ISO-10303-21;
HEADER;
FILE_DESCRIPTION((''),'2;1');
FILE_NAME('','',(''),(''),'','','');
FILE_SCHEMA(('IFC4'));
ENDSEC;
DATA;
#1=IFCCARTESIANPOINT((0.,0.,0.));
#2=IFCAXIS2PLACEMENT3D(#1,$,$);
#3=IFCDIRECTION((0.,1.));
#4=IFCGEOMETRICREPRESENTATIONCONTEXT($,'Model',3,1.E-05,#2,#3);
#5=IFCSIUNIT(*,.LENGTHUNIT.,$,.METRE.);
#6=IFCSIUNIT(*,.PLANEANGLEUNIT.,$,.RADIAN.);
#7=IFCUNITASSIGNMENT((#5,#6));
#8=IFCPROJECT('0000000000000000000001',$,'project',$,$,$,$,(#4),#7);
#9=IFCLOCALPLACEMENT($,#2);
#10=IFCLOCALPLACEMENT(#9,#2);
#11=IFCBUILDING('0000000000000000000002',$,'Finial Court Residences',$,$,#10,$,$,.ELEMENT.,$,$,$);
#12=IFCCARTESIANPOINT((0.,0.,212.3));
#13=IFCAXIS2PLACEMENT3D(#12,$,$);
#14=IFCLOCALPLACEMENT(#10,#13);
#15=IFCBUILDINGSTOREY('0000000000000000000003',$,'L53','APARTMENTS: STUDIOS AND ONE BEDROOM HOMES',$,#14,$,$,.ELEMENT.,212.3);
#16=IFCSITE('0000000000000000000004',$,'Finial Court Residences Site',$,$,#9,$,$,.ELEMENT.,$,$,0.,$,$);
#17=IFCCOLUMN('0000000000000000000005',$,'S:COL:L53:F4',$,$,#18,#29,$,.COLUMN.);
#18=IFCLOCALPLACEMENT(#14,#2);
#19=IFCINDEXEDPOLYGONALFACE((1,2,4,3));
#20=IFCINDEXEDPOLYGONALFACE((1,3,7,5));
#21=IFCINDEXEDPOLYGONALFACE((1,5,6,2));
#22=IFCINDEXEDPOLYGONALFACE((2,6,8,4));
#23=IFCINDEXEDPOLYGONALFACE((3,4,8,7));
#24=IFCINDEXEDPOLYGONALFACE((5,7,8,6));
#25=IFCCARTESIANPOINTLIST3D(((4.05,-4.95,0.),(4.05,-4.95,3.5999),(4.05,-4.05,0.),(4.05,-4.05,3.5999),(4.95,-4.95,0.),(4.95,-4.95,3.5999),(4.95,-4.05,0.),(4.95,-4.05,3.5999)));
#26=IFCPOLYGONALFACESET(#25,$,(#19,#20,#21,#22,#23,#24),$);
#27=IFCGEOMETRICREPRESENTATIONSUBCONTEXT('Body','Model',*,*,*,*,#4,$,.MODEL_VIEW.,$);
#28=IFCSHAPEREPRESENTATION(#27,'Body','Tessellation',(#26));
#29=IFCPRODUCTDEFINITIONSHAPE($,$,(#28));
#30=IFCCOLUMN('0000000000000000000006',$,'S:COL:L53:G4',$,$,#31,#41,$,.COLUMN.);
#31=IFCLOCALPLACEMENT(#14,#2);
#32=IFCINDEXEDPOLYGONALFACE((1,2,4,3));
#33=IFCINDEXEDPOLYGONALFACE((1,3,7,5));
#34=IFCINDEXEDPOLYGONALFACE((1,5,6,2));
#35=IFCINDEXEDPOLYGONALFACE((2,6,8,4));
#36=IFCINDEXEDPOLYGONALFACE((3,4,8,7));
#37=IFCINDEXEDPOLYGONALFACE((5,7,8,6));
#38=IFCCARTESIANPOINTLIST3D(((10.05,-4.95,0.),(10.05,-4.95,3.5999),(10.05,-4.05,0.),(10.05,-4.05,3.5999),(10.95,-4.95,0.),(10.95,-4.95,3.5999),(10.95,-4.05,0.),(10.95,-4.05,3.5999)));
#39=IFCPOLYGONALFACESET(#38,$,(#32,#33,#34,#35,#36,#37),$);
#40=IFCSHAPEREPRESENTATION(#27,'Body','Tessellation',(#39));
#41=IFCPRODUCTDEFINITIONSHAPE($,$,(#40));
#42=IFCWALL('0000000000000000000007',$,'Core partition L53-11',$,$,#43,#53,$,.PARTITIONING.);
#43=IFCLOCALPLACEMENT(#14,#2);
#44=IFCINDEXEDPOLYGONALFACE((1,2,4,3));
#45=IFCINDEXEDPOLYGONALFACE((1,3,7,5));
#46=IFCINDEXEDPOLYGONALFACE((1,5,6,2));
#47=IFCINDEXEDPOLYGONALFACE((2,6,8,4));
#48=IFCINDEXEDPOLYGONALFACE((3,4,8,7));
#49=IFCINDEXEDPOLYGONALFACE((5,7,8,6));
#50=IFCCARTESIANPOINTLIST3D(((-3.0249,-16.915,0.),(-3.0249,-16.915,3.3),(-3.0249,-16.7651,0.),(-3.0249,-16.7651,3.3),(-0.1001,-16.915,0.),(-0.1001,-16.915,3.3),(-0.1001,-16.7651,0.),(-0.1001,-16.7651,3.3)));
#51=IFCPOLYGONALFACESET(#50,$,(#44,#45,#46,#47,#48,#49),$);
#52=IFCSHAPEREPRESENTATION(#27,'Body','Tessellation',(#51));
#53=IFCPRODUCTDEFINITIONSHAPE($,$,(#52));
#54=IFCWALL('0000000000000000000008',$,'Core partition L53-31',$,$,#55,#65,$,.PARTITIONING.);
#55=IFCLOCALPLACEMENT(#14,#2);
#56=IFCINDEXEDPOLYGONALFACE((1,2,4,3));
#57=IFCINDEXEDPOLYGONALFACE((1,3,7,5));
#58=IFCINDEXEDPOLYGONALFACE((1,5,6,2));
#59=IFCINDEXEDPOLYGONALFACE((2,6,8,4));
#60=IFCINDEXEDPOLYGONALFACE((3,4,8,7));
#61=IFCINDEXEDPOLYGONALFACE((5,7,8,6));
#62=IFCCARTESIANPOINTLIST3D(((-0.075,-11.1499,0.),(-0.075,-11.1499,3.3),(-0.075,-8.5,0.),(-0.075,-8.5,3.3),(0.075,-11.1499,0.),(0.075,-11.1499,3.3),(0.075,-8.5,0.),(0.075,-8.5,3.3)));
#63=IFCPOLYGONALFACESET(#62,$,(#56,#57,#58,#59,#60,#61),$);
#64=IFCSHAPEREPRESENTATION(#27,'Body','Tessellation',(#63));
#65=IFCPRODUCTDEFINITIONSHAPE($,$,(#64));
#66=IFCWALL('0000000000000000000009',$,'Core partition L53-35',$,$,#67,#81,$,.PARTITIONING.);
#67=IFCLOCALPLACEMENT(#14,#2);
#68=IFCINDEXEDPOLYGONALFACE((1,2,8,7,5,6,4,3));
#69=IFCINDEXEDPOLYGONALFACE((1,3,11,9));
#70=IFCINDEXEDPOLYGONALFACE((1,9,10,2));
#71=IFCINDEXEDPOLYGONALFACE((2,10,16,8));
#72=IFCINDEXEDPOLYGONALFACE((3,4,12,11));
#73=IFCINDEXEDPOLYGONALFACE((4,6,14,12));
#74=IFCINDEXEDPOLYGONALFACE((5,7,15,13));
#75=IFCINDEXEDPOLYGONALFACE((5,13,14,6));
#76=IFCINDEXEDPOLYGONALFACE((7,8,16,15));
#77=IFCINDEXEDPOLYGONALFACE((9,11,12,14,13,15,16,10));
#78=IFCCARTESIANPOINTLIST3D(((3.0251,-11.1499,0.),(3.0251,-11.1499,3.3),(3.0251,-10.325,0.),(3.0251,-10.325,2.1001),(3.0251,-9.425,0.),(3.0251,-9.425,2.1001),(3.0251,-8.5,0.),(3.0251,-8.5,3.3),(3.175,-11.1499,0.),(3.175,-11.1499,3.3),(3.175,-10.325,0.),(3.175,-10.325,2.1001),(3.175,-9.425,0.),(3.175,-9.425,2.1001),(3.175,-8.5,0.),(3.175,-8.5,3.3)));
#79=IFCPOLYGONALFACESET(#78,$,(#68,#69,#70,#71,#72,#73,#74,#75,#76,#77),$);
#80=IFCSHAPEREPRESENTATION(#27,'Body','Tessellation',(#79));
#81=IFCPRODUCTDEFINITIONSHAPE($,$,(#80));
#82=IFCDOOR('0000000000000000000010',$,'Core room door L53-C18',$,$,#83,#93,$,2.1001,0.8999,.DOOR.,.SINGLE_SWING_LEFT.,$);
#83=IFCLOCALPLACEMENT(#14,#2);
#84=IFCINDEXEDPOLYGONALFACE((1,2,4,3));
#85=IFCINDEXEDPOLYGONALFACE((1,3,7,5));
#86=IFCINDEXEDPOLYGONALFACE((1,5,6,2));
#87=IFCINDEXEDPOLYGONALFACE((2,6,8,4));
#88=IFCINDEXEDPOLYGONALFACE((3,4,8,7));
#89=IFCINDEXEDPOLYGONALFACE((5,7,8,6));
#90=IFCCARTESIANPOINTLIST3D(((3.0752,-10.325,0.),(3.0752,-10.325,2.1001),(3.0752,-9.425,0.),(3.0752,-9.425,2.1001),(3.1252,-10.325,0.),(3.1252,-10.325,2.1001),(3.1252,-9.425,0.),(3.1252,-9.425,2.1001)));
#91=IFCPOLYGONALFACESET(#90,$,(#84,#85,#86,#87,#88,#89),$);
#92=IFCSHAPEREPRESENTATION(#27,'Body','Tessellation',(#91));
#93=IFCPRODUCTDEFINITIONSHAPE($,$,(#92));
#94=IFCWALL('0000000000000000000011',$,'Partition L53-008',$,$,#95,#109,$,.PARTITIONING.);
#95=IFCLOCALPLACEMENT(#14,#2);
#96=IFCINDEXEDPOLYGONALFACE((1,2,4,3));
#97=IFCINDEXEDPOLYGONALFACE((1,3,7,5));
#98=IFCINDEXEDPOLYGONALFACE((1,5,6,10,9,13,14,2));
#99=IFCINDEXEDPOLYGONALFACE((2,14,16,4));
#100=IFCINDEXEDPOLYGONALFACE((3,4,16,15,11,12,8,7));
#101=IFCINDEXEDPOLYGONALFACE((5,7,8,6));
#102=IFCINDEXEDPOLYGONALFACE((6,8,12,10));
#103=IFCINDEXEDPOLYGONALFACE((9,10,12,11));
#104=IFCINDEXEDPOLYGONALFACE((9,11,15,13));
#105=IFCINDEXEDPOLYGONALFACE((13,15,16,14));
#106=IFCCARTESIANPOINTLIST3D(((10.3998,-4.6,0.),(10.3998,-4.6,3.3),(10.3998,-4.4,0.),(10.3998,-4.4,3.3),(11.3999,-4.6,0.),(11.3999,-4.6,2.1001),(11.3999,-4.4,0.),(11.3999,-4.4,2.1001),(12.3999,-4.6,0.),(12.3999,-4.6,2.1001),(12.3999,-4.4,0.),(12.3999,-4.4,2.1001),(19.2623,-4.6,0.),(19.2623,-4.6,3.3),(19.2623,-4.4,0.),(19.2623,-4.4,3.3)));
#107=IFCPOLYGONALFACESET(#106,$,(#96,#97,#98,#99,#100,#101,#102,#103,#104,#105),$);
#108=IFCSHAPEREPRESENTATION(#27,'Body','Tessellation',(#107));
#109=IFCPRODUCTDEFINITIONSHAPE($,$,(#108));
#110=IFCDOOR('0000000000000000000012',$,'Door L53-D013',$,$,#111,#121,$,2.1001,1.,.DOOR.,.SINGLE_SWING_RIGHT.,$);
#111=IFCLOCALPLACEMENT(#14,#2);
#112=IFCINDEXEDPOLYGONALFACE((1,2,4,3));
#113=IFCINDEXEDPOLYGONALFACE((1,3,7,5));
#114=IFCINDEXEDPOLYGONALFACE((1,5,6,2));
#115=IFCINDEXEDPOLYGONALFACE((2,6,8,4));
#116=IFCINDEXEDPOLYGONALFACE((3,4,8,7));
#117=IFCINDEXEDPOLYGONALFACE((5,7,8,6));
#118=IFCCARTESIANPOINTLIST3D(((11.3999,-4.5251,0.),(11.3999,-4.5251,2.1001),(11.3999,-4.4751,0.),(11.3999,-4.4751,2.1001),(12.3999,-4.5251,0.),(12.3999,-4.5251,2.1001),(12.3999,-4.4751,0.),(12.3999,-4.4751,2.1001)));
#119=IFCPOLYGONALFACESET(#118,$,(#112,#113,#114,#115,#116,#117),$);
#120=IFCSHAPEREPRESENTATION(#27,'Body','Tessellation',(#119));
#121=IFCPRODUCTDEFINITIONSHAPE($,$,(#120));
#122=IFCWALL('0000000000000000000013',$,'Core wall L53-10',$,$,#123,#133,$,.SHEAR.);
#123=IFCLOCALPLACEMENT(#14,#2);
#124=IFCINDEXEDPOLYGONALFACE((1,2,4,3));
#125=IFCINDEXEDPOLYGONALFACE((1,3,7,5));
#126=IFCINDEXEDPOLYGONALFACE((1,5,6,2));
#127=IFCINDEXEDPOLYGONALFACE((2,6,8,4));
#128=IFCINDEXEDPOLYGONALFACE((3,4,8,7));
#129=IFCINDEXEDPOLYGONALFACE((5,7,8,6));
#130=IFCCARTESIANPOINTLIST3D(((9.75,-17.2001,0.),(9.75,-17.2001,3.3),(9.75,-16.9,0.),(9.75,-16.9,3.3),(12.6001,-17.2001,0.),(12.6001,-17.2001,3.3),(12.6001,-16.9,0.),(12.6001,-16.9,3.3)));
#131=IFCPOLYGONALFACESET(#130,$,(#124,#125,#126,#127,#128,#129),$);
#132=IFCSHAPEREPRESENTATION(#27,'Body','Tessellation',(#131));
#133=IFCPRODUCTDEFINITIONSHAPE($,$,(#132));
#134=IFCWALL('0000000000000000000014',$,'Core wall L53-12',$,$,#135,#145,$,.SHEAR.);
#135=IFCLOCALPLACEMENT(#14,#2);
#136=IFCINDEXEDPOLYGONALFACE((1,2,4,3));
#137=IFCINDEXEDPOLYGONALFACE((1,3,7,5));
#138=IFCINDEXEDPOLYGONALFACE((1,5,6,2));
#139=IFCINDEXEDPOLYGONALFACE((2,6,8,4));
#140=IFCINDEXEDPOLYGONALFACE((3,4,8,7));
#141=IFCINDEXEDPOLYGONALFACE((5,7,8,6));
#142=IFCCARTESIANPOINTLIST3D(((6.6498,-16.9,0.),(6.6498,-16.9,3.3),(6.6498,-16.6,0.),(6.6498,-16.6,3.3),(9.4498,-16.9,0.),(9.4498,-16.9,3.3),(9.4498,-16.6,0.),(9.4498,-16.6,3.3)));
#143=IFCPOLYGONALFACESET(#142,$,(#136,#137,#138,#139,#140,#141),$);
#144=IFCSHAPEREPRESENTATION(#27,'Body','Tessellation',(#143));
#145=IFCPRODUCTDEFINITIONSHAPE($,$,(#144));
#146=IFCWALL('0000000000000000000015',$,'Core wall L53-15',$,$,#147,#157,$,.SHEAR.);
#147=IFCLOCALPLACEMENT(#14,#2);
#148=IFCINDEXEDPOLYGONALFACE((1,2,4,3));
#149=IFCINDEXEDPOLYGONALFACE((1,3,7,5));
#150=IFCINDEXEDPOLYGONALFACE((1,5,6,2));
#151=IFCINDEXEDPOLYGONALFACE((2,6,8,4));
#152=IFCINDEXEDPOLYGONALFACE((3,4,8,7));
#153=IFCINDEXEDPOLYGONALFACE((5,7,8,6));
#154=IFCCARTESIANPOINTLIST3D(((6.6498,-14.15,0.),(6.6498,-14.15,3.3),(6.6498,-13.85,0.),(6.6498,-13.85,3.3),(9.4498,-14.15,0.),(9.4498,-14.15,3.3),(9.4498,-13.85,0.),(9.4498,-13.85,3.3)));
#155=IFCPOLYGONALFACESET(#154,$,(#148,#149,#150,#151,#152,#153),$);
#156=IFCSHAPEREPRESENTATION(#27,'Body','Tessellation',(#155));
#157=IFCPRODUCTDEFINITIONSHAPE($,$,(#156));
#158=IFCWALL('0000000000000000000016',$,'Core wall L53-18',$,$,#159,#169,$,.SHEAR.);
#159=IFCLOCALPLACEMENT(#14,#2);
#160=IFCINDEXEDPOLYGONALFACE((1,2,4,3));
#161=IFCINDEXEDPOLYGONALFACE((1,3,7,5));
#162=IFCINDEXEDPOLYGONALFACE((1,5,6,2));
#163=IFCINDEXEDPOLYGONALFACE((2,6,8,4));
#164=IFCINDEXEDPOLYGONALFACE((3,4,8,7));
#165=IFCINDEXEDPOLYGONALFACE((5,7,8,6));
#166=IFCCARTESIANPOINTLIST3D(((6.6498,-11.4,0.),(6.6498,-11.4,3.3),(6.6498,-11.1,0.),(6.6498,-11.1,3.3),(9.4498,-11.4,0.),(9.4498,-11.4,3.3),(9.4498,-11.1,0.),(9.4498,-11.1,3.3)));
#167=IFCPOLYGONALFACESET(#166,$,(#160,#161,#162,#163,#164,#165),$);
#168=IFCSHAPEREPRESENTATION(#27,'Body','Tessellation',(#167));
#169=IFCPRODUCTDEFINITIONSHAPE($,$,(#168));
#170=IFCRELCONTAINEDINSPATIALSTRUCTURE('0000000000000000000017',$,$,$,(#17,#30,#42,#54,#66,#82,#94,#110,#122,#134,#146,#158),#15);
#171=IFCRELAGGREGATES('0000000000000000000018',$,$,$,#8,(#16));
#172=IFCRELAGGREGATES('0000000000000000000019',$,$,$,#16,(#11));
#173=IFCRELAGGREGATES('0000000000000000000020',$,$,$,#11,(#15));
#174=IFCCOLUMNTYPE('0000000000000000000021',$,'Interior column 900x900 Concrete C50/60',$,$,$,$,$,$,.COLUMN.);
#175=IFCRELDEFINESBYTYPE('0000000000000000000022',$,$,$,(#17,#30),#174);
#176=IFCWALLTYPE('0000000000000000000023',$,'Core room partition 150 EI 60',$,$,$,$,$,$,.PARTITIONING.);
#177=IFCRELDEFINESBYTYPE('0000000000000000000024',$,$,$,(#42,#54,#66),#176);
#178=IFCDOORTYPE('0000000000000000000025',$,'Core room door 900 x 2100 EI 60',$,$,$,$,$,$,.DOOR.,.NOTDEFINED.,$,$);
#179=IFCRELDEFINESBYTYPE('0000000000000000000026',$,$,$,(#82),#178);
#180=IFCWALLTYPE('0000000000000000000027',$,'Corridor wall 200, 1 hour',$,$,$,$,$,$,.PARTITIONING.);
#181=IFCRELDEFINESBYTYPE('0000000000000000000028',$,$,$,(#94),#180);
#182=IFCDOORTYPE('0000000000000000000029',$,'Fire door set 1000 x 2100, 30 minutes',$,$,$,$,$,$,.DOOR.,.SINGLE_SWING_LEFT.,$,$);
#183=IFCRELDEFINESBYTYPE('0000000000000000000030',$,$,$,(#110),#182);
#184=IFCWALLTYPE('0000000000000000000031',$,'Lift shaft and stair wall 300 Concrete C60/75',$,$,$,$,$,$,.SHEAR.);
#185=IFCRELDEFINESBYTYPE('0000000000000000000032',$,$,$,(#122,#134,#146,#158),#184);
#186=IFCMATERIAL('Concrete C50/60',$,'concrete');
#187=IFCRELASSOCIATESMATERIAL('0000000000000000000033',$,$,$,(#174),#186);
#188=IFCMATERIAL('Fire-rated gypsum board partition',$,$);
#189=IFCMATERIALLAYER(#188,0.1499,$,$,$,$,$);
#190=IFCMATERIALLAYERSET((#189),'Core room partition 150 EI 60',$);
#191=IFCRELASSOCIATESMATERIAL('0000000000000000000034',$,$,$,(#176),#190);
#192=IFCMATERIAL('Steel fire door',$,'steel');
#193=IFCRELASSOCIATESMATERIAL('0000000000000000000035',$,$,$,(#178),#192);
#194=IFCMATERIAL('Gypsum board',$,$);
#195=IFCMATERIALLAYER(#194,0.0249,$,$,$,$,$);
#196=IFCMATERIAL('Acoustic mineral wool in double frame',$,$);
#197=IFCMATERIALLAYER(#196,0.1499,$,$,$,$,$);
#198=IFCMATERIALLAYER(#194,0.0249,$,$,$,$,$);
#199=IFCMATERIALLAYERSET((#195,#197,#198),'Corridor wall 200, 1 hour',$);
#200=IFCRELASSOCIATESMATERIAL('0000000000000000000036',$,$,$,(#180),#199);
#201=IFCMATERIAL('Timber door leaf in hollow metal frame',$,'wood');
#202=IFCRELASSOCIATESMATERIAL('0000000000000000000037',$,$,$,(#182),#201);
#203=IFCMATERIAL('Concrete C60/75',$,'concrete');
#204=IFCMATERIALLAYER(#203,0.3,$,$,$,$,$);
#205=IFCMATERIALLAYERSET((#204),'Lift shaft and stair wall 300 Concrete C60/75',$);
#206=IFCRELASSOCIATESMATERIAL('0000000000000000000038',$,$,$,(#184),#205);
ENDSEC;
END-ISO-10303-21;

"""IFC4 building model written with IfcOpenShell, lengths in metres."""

from ifc_helpers import new_model, si_unit, direction, frame, frame_2d, origin, origin_2d, place, context, subcontext, project, spatial, rectangle, extrude, material, layer, layer_set, material_profile, profile_set, type_object, element, fill, save


model = new_model("IFC4")

# Units and contexts
model_context = context("Model", 3, precision=1e-05, world=origin(), true_north=direction((0.0, 1.0)))
body_context = subcontext(model_context, "Body", "Model", "MODEL_VIEW")
ifc_project = project(units=[si_unit("LENGTHUNIT", "METRE"), si_unit("PLANEANGLEUNIT", "RADIAN")], contexts=[model_context])

# Site, building, storey
site_placement = place(None, origin())
site = spatial("IfcSite", under=ifc_project, at=site_placement, Name="Finial Court Residences Site", CompositionType="ELEMENT", RefElevation=0.0)
building_placement = place(site_placement, origin())
building = spatial("IfcBuilding", under=site, at=building_placement, Name="Finial Court Residences", CompositionType="ELEMENT")
storey_placement = place(building_placement, frame((0.0, 0.0, 212.3)))
storey = spatial("IfcBuildingStorey", under=building, at=storey_placement, Name="L53", Description="APARTMENTS: STUDIOS AND ONE BEDROOM HOMES", CompositionType="ELEMENT", Elevation=212.3)

# Columns
ifc_material_1 = material(Name="Concrete C50/60", Category="concrete")
ifc_material_profile = material_profile(ifc_material_1, rectangle(XDim=0.8999, YDim=0.8999, at=origin_2d()), Name="900x900")
ifc_profile_set = profile_set([ifc_material_profile], Name="Concrete C50/60")
column_type = type_object("IfcColumnType", Name="Interior column 900x900 Concrete C50/60", PredefinedType="COLUMN", material=ifc_profile_set)
for number, where, z_axis, x_axis, name in (
    (1, (4.5, -4.5, 0.0), (0.0, 0.0, 1.0), (1.0, 0.0, 0.0), "S:COL:L53:F4"),
    (2, (10.5, -4.5, 0.0), (0.0, 0.0, 1.0), (1.0, 0.0, 0.0), "S:COL:L53:G4"),
):
    element("IfcColumn", number, at=place(storey_placement, frame(where, z_axis=z_axis, x_axis=x_axis)), inside=storey, type_object=column_type, Name=name, PredefinedType="COLUMN", context=body_context, shape_type="SweptSolid", body=[
        extrude(rectangle(XDim=0.8999, YDim=0.8999, at=origin_2d()), origin(), (0.0, 0.0, 1.0), 3.5999),
    ])

# Walls
ifc_material_2 = material(Name="Fire-rated gypsum board partition")
ifc_layer_1 = layer(ifc_material_2, 0.1499)
ifc_layer_set_1 = layer_set([ifc_layer_1], Name="Core room partition 150 EI 60")
wall_type_1 = type_object("IfcWallType", Name="Core room partition 150 EI 60", PredefinedType="PARTITIONING", material=ifc_layer_set_1)
wall_1_placement = place(storey_placement, frame((-3.0249, -16.8401, 0.0), z_axis=(0.0, 0.0, 1.0), x_axis=(1.0, 0.0, 0.0)))
element("IfcWall", 3, at=wall_1_placement, inside=storey, type_object=wall_type_1, Name="Core partition L53-11", PredefinedType="PARTITIONING", context=body_context, shape_type="SweptSolid", body=[
    extrude(rectangle(XDim=2.9248, YDim=0.1499, at=frame_2d((1.4624, 0.0))), origin(), (0.0, 0.0, 1.0), 3.3),
])
wall_2_placement = place(storey_placement, frame((0.0, -11.1499, 0.0), z_axis=(0.0, 0.0, 1.0), x_axis=(0.0, 1.0, 0.0)))
element("IfcWall", 4, at=wall_2_placement, inside=storey, type_object=wall_type_1, Name="Core partition L53-31", PredefinedType="PARTITIONING", context=body_context, shape_type="SweptSolid", body=[
    extrude(rectangle(XDim=2.6499, YDim=0.1499, at=frame_2d((1.325, 0.0))), origin(), (0.0, 0.0, 1.0), 3.3),
])

# Walls, openings, doors
wall_3_placement = place(storey_placement, frame((3.1001, -11.1499, 0.0), z_axis=(0.0, 0.0, 1.0), x_axis=(0.0, 1.0, 0.0)))
wall_3 = element("IfcWall", 5, at=wall_3_placement, inside=storey, type_object=wall_type_1, Name="Core partition L53-35", PredefinedType="PARTITIONING", context=body_context, shape_type="SweptSolid", body=[
    extrude(rectangle(XDim=2.6499, YDim=0.1499, at=frame_2d((1.325, 0.0))), origin(), (0.0, 0.0, 1.0), 3.3),
])
opening_1_placement = place(wall_3_placement, frame((0.825, 0.0, 0.0)))
opening_1 = element("IfcOpeningElement", 6, at=opening_1_placement, cuts=wall_3, PredefinedType="OPENING", context=body_context, shape_type="SweptSolid", body=[
    extrude(rectangle(XDim=0.8999, YDim=2.1001, at=frame_2d((0.45, 1.05))), frame((0.0, 0.085, 0.0), z_axis=(0.0, -1.0, 0.0), x_axis=(1.0, 0.0, 0.0)), (0.0, 0.0, 1.0), 0.1699),
])
ifc_material_3 = material(Name="Steel fire door", Category="steel")
door_type_1 = type_object("IfcDoorType", Name="Core room door 900 x 2100 EI 60", OperationType="NOTDEFINED", PredefinedType="DOOR", material=ifc_material_3)
door_1_placement = place(opening_1_placement, origin())
door_1 = element("IfcDoor", 7, at=door_1_placement, inside=storey, type_object=door_type_1, Name="Core room door L53-C18", OperationType="SINGLE_SWING_LEFT", OverallHeight=2.1001, OverallWidth=0.8999, PredefinedType="DOOR", context=body_context, shape_type="SweptSolid", body=[
    extrude(rectangle(XDim=0.8999, YDim=2.1001, at=frame_2d((0.45, 1.05))), frame((0.0, 0.0249, 0.0), z_axis=(0.0, -1.0, 0.0), x_axis=(1.0, 0.0, 0.0)), (0.0, 0.0, 1.0), 0.05),
])
fill(opening_1, door_1)
ifc_material_4 = material(Name="Gypsum board")
ifc_layer_2 = layer(ifc_material_4, 0.0249)
ifc_material_5 = material(Name="Acoustic mineral wool in double frame")
ifc_layer_3 = layer(ifc_material_5, 0.1499)
ifc_layer_4 = layer(ifc_material_4, 0.0249)
ifc_layer_set_2 = layer_set([ifc_layer_2, ifc_layer_3, ifc_layer_4], Name="Corridor wall 200, 1 hour")
wall_type_2 = type_object("IfcWallType", Name="Corridor wall 200, 1 hour", PredefinedType="PARTITIONING", material=ifc_layer_set_2)
wall_4_placement = place(storey_placement, frame((10.3999, -4.5, 0.0), z_axis=(0.0, 0.0, 1.0), x_axis=(1.0, 0.0, 0.0)))
wall_4 = element("IfcWall", 8, at=wall_4_placement, inside=storey, type_object=wall_type_2, Name="Partition L53-008", PredefinedType="PARTITIONING", context=body_context, shape_type="SweptSolid", body=[
    extrude(rectangle(XDim=8.8625, YDim=0.2, at=frame_2d((4.4312, 0.0))), origin(), (0.0, 0.0, 1.0), 3.3),
])
opening_2_placement = place(wall_4_placement, frame((1.0, 0.0, 0.0)))
opening_2 = element("IfcOpeningElement", 9, at=opening_2_placement, cuts=wall_4, PredefinedType="OPENING", context=body_context, shape_type="SweptSolid", body=[
    extrude(rectangle(XDim=1.0, YDim=2.1001, at=frame_2d((0.5, 1.05))), frame((0.0, 0.1099, 0.0), z_axis=(0.0, -1.0, 0.0), x_axis=(1.0, 0.0, 0.0)), (0.0, 0.0, 1.0), 0.22),
])
ifc_material_6 = material(Name="Timber door leaf in hollow metal frame", Category="wood")
door_type_2 = type_object("IfcDoorType", Name="Fire door set 1000 x 2100, 30 minutes", OperationType="SINGLE_SWING_LEFT", PredefinedType="DOOR", material=ifc_material_6)
door_2_placement = place(opening_2_placement, origin())
door_2 = element("IfcDoor", 10, at=door_2_placement, inside=storey, type_object=door_type_2, Name="Door L53-D013", OperationType="SINGLE_SWING_RIGHT", OverallHeight=2.1001, OverallWidth=1.0, PredefinedType="DOOR", context=body_context, shape_type="SweptSolid", body=[
    extrude(rectangle(XDim=1.0, YDim=2.1001, at=frame_2d((0.5, 1.05))), frame((0.0, 0.0249, 0.0), z_axis=(0.0, -1.0, 0.0), x_axis=(1.0, 0.0, 0.0)), (0.0, 0.0, 1.0), 0.05),
])
fill(opening_2, door_2)

# Walls
ifc_material_7 = material(Name="Concrete C60/75", Category="concrete")
ifc_layer_5 = layer(ifc_material_7, 0.3)
ifc_layer_set_3 = layer_set([ifc_layer_5], Name="Lift shaft and stair wall 300 Concrete C60/75")
wall_type_3 = type_object("IfcWallType", Name="Lift shaft and stair wall 300 Concrete C60/75", PredefinedType="SHEAR", material=ifc_layer_set_3)
wall_5_placement = place(storey_placement, frame((9.75, -17.05, 0.0), z_axis=(0.0, 0.0, 1.0), x_axis=(1.0, 0.0, 0.0)))
element("IfcWall", 11, at=wall_5_placement, inside=storey, type_object=wall_type_3, Name="Core wall L53-10", PredefinedType="SHEAR", context=body_context, shape_type="SweptSolid", body=[
    extrude(rectangle(XDim=2.8501, YDim=0.3, at=frame_2d((1.425, 0.0))), origin(), (0.0, 0.0, 1.0), 3.3),
])
for number, where, z_axis, x_axis, name in (
    (12, (6.6499, -16.75, 0.0), (0.0, 0.0, 1.0), (1.0, 0.0, 0.0), "Core wall L53-12"),
    (13, (6.6499, -14.0, 0.0), (0.0, 0.0, 1.0), (1.0, 0.0, 0.0), "Core wall L53-15"),
    (14, (6.6499, -11.25, 0.0), (0.0, 0.0, 1.0), (1.0, 0.0, 0.0), "Core wall L53-18"),
):
    element("IfcWall", number, at=place(storey_placement, frame(where, z_axis=z_axis, x_axis=x_axis)), inside=storey, type_object=wall_type_3, Name=name, PredefinedType="SHEAR", context=body_context, shape_type="SweptSolid", body=[
        extrude(rectangle(XDim=2.8, YDim=0.3, at=frame_2d((1.3999, 0.0))), origin(), (0.0, 0.0, 1.0), 3.3),
    ])

save(model, "model.ifc")
